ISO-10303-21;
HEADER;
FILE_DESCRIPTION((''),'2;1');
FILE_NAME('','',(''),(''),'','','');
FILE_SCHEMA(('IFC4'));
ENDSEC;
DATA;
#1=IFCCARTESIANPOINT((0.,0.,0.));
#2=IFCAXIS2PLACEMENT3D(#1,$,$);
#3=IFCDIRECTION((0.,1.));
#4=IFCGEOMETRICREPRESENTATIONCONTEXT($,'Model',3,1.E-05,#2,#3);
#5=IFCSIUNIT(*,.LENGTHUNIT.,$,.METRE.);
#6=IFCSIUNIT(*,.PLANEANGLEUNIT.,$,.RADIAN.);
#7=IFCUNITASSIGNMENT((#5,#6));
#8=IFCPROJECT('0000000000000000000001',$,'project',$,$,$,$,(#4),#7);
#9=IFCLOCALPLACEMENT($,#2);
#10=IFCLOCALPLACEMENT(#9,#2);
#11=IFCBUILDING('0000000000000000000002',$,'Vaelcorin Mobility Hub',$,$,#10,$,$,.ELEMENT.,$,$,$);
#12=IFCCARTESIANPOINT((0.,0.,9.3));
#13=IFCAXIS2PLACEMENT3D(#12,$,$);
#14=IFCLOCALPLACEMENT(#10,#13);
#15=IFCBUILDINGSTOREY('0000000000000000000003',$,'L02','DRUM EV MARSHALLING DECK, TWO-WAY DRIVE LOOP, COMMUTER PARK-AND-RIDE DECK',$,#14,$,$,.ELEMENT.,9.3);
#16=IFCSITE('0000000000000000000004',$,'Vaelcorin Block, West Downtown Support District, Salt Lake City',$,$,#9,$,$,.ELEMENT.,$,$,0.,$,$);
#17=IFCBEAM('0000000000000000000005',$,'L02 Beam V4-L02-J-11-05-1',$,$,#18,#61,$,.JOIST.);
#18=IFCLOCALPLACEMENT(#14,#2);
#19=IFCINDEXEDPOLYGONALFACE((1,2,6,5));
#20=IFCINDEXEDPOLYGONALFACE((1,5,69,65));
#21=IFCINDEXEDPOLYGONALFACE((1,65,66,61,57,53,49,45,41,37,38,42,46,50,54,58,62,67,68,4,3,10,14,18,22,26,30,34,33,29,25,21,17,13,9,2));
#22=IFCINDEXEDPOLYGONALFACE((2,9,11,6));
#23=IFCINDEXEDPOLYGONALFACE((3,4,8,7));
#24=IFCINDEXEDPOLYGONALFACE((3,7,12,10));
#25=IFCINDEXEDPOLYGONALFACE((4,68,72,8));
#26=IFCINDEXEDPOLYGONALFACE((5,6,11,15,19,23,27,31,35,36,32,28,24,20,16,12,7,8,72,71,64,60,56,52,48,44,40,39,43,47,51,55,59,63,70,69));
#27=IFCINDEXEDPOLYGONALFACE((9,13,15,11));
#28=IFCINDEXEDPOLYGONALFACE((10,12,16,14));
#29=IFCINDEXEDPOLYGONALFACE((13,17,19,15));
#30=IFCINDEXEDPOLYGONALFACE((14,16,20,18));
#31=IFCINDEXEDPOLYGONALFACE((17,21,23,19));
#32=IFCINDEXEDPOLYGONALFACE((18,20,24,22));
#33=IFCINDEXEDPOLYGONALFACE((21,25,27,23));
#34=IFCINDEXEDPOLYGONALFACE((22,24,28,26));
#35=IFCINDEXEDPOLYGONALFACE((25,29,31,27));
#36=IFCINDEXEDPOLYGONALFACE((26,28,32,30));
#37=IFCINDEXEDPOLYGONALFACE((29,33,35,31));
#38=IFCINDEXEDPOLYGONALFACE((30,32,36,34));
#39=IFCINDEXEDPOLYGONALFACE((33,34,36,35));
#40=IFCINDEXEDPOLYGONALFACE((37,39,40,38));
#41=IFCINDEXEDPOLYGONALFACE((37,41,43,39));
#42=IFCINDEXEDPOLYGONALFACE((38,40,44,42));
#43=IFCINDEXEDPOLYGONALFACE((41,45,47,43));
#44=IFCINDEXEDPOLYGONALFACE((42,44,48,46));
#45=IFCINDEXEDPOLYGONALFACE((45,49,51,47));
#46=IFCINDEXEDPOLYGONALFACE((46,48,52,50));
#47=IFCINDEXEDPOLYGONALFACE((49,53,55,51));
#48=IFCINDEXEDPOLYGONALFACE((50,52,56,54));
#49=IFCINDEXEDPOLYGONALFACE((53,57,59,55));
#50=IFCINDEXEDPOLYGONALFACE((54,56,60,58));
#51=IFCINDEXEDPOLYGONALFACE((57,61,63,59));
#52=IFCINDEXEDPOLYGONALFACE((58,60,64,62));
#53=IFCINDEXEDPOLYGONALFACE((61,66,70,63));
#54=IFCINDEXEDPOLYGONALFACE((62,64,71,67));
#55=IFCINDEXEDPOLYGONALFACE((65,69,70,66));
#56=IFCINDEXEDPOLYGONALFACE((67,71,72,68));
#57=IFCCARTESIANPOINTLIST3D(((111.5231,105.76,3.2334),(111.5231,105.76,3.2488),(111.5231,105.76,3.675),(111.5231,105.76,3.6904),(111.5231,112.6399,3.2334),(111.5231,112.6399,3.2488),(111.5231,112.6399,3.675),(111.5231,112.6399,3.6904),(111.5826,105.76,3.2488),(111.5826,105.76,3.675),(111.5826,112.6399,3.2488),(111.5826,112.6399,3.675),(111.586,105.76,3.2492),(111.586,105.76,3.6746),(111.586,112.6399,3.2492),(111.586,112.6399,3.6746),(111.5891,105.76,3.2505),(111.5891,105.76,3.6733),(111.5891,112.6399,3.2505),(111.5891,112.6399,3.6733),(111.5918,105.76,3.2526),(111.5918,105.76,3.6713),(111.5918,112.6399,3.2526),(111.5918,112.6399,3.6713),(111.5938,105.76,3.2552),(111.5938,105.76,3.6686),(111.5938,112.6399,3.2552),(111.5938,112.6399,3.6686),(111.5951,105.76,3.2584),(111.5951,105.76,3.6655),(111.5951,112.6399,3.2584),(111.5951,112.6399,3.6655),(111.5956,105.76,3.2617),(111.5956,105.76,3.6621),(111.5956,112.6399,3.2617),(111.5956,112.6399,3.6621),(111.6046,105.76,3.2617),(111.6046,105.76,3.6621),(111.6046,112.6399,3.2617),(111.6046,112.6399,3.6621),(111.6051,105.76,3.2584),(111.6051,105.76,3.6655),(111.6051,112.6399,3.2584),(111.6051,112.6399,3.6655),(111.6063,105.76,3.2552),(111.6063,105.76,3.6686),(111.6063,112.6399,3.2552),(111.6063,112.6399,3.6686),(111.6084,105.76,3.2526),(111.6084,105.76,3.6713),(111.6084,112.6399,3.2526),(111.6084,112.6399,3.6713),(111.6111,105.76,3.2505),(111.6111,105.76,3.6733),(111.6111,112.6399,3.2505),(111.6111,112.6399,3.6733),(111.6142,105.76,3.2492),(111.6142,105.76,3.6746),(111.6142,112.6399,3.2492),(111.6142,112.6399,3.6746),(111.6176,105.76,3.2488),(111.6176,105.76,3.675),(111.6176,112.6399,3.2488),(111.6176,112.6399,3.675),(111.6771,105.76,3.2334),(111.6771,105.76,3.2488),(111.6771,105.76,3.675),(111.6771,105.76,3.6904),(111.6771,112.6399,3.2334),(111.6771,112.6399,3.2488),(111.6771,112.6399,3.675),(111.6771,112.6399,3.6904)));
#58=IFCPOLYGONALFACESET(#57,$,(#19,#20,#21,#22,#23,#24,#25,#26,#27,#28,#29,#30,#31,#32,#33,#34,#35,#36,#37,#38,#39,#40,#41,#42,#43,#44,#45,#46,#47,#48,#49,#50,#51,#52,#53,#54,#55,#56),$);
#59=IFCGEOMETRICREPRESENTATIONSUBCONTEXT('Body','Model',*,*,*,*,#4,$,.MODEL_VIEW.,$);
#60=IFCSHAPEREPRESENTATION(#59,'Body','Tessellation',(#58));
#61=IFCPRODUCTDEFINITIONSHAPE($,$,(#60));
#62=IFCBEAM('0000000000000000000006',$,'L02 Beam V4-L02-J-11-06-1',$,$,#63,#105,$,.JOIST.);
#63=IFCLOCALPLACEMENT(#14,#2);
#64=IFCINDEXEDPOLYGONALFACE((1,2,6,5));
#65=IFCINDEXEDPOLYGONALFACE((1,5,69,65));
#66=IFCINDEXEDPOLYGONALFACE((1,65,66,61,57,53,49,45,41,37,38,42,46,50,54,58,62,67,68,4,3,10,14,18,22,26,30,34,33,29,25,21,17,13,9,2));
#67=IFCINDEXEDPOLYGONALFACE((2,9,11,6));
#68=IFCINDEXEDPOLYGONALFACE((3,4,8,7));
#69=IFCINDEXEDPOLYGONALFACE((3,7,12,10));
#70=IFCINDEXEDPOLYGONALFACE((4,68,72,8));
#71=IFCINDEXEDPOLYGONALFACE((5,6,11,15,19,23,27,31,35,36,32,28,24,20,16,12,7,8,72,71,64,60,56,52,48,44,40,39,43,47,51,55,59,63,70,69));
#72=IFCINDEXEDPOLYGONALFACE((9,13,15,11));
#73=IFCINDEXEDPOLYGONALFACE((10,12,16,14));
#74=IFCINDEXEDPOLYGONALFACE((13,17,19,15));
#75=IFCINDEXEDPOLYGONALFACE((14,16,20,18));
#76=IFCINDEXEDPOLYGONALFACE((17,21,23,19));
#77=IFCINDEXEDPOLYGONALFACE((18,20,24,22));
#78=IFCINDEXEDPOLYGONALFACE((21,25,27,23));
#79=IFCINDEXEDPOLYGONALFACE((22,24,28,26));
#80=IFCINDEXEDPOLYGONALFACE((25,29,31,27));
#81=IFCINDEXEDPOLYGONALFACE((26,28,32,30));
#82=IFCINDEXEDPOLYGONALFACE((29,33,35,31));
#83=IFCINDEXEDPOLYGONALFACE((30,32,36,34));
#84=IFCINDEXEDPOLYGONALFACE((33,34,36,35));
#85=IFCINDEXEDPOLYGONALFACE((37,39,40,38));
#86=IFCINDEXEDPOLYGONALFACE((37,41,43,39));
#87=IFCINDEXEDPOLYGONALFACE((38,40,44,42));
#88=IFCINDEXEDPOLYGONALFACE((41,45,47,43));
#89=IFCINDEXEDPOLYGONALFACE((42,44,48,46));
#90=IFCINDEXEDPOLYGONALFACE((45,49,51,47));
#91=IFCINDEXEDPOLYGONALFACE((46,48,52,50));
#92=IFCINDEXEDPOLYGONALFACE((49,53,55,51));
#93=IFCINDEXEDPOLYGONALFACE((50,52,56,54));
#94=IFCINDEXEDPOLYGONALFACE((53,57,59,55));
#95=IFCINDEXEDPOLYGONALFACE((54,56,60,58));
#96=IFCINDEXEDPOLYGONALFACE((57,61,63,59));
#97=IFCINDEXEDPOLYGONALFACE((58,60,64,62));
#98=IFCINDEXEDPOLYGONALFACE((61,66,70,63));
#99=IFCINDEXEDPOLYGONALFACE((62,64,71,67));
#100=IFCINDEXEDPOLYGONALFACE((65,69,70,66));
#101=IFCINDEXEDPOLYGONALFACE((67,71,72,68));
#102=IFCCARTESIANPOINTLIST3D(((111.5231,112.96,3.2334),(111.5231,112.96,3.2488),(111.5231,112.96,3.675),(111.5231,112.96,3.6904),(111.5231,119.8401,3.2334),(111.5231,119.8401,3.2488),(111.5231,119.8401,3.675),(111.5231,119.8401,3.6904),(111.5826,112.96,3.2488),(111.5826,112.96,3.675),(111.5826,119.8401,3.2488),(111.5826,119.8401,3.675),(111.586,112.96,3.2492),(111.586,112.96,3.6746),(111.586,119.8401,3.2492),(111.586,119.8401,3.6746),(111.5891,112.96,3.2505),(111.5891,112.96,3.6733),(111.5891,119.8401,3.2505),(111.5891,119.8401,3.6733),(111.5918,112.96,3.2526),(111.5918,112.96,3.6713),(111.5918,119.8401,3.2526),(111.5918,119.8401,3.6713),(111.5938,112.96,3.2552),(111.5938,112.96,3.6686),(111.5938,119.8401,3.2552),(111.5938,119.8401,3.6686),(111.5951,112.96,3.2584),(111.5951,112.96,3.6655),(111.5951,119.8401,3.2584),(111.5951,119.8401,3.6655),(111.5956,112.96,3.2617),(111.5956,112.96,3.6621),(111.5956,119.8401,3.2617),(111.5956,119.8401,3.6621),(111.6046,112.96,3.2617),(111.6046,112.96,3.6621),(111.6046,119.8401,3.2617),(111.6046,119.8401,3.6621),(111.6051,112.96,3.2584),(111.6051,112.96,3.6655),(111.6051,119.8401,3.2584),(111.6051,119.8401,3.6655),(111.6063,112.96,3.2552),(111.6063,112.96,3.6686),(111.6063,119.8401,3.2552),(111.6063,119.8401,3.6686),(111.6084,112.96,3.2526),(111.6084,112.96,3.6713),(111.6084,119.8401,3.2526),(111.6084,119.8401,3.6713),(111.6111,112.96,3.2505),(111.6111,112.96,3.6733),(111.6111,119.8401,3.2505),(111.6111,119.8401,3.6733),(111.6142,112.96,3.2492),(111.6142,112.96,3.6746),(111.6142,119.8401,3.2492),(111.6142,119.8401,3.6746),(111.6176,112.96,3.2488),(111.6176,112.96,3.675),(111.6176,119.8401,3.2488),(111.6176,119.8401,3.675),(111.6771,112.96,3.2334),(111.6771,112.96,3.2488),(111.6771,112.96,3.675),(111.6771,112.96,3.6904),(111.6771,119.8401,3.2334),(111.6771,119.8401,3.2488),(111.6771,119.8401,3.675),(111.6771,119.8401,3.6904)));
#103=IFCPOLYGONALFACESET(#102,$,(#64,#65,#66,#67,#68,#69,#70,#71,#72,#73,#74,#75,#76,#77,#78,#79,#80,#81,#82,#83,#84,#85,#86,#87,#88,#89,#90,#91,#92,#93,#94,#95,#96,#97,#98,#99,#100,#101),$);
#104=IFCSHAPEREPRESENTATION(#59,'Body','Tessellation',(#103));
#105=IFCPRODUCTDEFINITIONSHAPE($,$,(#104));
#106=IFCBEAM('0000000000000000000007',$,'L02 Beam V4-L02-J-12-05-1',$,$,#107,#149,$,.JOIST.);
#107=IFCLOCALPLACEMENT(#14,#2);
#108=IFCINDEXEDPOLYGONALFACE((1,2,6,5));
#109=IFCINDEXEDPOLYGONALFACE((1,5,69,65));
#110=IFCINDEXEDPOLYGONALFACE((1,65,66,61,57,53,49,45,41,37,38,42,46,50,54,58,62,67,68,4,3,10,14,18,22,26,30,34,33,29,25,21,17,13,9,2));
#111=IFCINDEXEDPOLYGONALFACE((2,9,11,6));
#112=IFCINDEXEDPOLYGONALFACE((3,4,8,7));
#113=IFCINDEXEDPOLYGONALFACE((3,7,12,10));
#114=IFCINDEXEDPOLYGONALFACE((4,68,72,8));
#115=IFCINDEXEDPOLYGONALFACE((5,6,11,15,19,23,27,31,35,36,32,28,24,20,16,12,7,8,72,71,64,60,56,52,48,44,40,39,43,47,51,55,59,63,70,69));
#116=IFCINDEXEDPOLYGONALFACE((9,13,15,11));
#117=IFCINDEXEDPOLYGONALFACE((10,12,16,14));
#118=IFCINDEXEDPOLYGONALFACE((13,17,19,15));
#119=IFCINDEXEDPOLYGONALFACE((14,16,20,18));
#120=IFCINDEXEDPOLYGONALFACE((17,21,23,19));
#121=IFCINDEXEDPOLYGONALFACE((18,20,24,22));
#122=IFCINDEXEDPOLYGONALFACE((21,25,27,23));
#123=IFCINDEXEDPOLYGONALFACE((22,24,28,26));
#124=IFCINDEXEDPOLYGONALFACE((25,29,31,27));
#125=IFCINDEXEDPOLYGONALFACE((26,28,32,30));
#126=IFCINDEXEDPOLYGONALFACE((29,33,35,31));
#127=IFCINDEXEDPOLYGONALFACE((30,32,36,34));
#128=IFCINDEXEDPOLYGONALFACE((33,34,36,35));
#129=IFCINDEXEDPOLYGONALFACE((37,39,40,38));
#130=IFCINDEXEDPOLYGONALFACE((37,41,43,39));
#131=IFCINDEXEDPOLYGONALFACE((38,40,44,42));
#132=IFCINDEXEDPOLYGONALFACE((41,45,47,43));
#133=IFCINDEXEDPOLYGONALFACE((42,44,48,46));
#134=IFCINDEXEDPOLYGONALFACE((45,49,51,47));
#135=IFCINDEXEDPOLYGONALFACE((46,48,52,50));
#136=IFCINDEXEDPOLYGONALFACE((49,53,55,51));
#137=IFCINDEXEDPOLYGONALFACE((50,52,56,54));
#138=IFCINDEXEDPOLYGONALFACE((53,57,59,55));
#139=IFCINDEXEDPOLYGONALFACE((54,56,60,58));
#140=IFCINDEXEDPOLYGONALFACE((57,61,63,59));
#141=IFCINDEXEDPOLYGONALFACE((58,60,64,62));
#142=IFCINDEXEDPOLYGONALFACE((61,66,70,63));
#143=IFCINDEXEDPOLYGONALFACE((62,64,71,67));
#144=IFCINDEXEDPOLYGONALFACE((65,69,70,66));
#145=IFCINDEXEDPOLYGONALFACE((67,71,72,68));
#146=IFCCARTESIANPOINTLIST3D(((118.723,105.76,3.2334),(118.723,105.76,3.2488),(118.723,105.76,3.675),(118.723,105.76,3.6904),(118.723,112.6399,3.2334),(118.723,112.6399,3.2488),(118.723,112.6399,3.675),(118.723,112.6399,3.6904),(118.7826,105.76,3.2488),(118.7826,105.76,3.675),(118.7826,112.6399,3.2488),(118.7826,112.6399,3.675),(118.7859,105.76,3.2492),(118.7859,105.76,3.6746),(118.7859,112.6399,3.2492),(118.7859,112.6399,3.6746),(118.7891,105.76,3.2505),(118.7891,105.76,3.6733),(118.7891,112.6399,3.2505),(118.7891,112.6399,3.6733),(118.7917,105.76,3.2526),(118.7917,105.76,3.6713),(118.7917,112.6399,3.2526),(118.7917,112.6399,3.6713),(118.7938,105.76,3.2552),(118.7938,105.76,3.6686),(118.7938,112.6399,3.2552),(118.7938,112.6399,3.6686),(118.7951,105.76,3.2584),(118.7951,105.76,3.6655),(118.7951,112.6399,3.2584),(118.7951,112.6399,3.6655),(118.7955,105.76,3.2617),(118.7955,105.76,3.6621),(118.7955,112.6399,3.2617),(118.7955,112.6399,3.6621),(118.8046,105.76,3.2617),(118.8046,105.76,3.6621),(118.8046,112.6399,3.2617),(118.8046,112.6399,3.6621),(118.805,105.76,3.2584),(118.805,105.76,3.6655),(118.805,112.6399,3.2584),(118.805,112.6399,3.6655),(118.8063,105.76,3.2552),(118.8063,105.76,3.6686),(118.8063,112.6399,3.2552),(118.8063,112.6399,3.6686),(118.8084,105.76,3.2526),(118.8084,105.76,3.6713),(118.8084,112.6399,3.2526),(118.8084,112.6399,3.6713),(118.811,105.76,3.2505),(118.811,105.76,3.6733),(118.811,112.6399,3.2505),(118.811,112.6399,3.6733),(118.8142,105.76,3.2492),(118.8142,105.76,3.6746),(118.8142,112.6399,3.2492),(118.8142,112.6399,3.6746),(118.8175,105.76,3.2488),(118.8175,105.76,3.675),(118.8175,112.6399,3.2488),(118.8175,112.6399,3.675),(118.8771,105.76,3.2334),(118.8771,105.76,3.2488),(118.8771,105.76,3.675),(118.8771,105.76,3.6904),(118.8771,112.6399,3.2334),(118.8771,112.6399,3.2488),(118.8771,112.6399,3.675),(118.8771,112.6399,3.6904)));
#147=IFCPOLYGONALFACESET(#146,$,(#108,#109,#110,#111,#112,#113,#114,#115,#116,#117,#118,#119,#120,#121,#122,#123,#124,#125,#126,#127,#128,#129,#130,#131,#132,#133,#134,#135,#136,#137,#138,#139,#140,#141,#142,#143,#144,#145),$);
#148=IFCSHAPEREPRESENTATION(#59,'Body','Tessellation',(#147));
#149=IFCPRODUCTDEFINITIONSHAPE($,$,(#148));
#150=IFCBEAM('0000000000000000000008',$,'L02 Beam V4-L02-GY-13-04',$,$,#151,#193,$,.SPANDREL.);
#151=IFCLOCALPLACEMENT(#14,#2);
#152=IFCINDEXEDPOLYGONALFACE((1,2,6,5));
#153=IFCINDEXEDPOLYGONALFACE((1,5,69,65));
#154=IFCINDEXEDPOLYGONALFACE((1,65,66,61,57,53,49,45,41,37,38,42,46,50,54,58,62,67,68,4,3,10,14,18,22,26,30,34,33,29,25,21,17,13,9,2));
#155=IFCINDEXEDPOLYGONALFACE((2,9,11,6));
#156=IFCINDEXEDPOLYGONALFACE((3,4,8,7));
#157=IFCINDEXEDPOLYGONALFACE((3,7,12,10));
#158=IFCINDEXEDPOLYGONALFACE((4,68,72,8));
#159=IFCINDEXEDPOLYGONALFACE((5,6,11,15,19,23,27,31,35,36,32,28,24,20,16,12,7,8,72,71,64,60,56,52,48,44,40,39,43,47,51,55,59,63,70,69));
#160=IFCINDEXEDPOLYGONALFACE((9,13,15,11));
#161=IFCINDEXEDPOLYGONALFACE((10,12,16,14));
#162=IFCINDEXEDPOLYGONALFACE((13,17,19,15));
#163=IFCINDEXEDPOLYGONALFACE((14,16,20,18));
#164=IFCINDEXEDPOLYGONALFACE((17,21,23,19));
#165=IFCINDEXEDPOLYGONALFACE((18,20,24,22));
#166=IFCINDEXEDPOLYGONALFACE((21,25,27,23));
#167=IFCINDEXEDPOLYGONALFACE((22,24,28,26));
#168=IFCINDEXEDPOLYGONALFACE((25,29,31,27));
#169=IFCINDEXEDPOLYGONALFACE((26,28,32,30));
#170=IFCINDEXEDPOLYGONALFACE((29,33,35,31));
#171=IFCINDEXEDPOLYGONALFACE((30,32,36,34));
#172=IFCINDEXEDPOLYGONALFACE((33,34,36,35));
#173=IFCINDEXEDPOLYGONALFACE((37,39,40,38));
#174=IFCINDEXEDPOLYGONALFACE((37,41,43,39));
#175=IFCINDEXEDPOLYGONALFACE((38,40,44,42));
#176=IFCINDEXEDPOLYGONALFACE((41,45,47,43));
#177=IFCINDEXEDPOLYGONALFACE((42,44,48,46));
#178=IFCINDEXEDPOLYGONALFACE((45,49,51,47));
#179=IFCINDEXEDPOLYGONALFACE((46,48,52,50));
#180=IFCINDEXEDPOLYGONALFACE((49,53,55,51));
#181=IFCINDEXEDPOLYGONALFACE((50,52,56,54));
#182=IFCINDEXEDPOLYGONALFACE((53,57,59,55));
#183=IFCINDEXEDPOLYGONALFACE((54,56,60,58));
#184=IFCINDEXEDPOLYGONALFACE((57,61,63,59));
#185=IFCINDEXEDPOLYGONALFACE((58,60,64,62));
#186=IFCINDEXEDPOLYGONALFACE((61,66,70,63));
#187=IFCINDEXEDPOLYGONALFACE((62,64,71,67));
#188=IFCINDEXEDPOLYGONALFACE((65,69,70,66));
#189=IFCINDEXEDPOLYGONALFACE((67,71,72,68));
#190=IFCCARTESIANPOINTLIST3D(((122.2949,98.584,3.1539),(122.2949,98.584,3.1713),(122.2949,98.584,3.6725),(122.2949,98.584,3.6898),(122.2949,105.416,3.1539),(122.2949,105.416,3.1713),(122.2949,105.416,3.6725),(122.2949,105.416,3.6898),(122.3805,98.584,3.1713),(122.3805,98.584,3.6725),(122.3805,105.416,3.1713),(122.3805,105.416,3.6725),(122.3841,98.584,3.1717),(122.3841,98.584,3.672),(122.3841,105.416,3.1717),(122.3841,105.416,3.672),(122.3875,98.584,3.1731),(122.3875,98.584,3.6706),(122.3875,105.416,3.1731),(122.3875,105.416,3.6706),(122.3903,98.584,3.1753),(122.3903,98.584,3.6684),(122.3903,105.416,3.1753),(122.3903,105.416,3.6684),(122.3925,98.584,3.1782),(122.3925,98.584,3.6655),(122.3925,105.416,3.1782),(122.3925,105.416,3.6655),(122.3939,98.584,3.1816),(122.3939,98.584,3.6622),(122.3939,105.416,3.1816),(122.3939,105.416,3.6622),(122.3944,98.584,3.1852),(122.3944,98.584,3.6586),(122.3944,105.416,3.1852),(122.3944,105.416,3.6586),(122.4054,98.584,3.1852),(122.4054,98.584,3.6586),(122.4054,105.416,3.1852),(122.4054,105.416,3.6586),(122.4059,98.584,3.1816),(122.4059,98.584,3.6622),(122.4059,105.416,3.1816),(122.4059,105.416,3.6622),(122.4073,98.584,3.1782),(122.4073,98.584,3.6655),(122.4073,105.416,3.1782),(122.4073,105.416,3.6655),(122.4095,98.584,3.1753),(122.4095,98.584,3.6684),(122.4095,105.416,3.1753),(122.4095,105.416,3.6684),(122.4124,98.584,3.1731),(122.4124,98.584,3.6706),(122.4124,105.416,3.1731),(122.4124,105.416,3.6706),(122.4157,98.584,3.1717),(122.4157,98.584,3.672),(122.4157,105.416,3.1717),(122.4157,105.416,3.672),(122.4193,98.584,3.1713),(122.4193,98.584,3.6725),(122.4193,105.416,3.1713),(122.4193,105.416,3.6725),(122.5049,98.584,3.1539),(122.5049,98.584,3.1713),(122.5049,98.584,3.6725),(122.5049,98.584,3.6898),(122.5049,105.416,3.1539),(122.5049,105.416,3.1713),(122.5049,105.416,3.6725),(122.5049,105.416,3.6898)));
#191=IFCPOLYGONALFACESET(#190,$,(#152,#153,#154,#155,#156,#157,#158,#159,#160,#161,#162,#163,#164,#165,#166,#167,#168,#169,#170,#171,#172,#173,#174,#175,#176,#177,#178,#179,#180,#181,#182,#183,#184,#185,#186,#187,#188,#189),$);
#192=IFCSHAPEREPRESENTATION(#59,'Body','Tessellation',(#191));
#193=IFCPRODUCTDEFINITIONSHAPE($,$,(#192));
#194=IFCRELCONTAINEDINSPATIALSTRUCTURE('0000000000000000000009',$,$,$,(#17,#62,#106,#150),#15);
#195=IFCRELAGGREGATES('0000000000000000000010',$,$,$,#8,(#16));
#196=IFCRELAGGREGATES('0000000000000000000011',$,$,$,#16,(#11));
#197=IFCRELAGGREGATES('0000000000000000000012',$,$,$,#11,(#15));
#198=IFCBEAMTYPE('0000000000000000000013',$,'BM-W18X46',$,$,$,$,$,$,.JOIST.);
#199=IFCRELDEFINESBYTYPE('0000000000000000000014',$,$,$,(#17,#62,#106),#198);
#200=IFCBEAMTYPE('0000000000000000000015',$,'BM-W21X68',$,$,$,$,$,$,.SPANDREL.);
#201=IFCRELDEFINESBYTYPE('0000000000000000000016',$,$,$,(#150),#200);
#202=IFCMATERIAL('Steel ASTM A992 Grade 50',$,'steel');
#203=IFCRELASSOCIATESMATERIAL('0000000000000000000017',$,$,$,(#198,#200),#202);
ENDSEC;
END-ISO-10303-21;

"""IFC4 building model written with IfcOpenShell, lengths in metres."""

from ifc_helpers import new_model, si_unit, direction, frame, origin, origin_2d, place, context, subcontext, project, spatial, i_section, extrude, material, material_profile, profile_set, type_object, element, save


model = new_model("IFC4")

# Units and contexts
model_context = context("Model", 3, precision=1e-05, world=origin(), true_north=direction((0.0, 1.0)))
body_context = subcontext(model_context, "Body", "Model", "MODEL_VIEW")
ifc_project = project(units=[si_unit("LENGTHUNIT", "METRE"), si_unit("PLANEANGLEUNIT", "RADIAN")], contexts=[model_context])

# Site, building, storey
site_placement = place(None, origin())
site = spatial("IfcSite", under=ifc_project, at=site_placement, Name="Vaelcorin Block, West Downtown Support District, Salt Lake City", CompositionType="ELEMENT", RefElevation=0.0)
building_placement = place(site_placement, origin())
building = spatial("IfcBuilding", under=site, at=building_placement, Name="Vaelcorin Mobility Hub", CompositionType="ELEMENT")
storey_placement = place(building_placement, frame((0.0, 0.0, 9.3)))
storey = spatial("IfcBuildingStorey", under=building, at=storey_placement, Name="L02", Description="DRUM EV MARSHALLING DECK, TWO-WAY DRIVE LOOP, COMMUTER PARK-AND-RIDE DECK", CompositionType="ELEMENT", Elevation=9.3)

# Shared definitions
ifc_material_1 = material(Name="Steel ASTM A992 Grade 50", Category="steel")

# Beams
ifc_material_profile_1 = material_profile(ifc_material_1, i_section(OverallWidth=0.1541, OverallDepth=0.457, WebThickness=0.009, FlangeThickness=0.0154, FilletRadius=0.0129, at=origin_2d()), Name="W18X46")
ifc_profile_set_1 = profile_set([ifc_material_profile_1], Name="Steel ASTM A992 Grade 50")
beam_type_1 = type_object("IfcBeamType", Name="BM-W18X46", PredefinedType="JOIST", material=ifc_profile_set_1)
beam_1_placement = place(storey_placement, frame((111.6001, 105.76, 3.4619), z_axis=(0.0, 1.0, 0.0), x_axis=(-1.0, 0.0, 0.0)))
element("IfcBeam", 1, at=beam_1_placement, inside=storey, type_object=beam_type_1, Name="L02 Beam V4-L02-J-11-05-1", PredefinedType="JOIST", context=body_context, shape_type="SweptSolid", body=[
    extrude(i_section(OverallWidth=0.1541, OverallDepth=0.457, WebThickness=0.009, FlangeThickness=0.0154, FilletRadius=0.0129, at=origin_2d()), origin(), (0.0, 0.0, 1.0), 6.8799),
])
beam_2_placement = place(storey_placement, frame((111.6001, 112.96, 3.4619), z_axis=(0.0, 1.0, 0.0), x_axis=(-1.0, 0.0, 0.0)))
element("IfcBeam", 2, at=beam_2_placement, inside=storey, type_object=beam_type_1, Name="L02 Beam V4-L02-J-11-06-1", PredefinedType="JOIST", context=body_context, shape_type="SweptSolid", body=[
    extrude(i_section(OverallWidth=0.1541, OverallDepth=0.457, WebThickness=0.009, FlangeThickness=0.0154, FilletRadius=0.0129, at=origin_2d()), origin(), (0.0, 0.0, 1.0), 6.8801),
])
beam_3_placement = place(storey_placement, frame((118.8, 105.76, 3.4619), z_axis=(0.0, 1.0, 0.0), x_axis=(-1.0, 0.0, 0.0)))
element("IfcBeam", 3, at=beam_3_placement, inside=storey, type_object=beam_type_1, Name="L02 Beam V4-L02-J-12-05-1", PredefinedType="JOIST", context=body_context, shape_type="SweptSolid", body=[
    extrude(i_section(OverallWidth=0.1541, OverallDepth=0.457, WebThickness=0.009, FlangeThickness=0.0154, FilletRadius=0.0129, at=origin_2d()), origin(), (0.0, 0.0, 1.0), 6.8799),
])
ifc_material_profile_2 = material_profile(ifc_material_1, i_section(OverallWidth=0.21, OverallDepth=0.5359, WebThickness=0.011, FlangeThickness=0.0173, FilletRadius=0.0139, at=origin_2d()), Name="W21X68")
ifc_profile_set_2 = profile_set([ifc_material_profile_2], Name="Steel ASTM A992 Grade 50")
beam_type_2 = type_object("IfcBeamType", Name="BM-W21X68", PredefinedType="SPANDREL", material=ifc_profile_set_2)
beam_4_placement = place(storey_placement, frame((122.3999, 98.584, 3.4219), z_axis=(0.0, 1.0, 0.0), x_axis=(-1.0, 0.0, 0.0)))
element("IfcBeam", 4, at=beam_4_placement, inside=storey, type_object=beam_type_2, Name="L02 Beam V4-L02-GY-13-04", PredefinedType="SPANDREL", context=body_context, shape_type="SweptSolid", body=[
    extrude(i_section(OverallWidth=0.21, OverallDepth=0.5359, WebThickness=0.011, FlangeThickness=0.0173, FilletRadius=0.0139, at=origin_2d()), origin(), (0.0, 0.0, 1.0), 6.832),
])

save(model, "model.ifc")
